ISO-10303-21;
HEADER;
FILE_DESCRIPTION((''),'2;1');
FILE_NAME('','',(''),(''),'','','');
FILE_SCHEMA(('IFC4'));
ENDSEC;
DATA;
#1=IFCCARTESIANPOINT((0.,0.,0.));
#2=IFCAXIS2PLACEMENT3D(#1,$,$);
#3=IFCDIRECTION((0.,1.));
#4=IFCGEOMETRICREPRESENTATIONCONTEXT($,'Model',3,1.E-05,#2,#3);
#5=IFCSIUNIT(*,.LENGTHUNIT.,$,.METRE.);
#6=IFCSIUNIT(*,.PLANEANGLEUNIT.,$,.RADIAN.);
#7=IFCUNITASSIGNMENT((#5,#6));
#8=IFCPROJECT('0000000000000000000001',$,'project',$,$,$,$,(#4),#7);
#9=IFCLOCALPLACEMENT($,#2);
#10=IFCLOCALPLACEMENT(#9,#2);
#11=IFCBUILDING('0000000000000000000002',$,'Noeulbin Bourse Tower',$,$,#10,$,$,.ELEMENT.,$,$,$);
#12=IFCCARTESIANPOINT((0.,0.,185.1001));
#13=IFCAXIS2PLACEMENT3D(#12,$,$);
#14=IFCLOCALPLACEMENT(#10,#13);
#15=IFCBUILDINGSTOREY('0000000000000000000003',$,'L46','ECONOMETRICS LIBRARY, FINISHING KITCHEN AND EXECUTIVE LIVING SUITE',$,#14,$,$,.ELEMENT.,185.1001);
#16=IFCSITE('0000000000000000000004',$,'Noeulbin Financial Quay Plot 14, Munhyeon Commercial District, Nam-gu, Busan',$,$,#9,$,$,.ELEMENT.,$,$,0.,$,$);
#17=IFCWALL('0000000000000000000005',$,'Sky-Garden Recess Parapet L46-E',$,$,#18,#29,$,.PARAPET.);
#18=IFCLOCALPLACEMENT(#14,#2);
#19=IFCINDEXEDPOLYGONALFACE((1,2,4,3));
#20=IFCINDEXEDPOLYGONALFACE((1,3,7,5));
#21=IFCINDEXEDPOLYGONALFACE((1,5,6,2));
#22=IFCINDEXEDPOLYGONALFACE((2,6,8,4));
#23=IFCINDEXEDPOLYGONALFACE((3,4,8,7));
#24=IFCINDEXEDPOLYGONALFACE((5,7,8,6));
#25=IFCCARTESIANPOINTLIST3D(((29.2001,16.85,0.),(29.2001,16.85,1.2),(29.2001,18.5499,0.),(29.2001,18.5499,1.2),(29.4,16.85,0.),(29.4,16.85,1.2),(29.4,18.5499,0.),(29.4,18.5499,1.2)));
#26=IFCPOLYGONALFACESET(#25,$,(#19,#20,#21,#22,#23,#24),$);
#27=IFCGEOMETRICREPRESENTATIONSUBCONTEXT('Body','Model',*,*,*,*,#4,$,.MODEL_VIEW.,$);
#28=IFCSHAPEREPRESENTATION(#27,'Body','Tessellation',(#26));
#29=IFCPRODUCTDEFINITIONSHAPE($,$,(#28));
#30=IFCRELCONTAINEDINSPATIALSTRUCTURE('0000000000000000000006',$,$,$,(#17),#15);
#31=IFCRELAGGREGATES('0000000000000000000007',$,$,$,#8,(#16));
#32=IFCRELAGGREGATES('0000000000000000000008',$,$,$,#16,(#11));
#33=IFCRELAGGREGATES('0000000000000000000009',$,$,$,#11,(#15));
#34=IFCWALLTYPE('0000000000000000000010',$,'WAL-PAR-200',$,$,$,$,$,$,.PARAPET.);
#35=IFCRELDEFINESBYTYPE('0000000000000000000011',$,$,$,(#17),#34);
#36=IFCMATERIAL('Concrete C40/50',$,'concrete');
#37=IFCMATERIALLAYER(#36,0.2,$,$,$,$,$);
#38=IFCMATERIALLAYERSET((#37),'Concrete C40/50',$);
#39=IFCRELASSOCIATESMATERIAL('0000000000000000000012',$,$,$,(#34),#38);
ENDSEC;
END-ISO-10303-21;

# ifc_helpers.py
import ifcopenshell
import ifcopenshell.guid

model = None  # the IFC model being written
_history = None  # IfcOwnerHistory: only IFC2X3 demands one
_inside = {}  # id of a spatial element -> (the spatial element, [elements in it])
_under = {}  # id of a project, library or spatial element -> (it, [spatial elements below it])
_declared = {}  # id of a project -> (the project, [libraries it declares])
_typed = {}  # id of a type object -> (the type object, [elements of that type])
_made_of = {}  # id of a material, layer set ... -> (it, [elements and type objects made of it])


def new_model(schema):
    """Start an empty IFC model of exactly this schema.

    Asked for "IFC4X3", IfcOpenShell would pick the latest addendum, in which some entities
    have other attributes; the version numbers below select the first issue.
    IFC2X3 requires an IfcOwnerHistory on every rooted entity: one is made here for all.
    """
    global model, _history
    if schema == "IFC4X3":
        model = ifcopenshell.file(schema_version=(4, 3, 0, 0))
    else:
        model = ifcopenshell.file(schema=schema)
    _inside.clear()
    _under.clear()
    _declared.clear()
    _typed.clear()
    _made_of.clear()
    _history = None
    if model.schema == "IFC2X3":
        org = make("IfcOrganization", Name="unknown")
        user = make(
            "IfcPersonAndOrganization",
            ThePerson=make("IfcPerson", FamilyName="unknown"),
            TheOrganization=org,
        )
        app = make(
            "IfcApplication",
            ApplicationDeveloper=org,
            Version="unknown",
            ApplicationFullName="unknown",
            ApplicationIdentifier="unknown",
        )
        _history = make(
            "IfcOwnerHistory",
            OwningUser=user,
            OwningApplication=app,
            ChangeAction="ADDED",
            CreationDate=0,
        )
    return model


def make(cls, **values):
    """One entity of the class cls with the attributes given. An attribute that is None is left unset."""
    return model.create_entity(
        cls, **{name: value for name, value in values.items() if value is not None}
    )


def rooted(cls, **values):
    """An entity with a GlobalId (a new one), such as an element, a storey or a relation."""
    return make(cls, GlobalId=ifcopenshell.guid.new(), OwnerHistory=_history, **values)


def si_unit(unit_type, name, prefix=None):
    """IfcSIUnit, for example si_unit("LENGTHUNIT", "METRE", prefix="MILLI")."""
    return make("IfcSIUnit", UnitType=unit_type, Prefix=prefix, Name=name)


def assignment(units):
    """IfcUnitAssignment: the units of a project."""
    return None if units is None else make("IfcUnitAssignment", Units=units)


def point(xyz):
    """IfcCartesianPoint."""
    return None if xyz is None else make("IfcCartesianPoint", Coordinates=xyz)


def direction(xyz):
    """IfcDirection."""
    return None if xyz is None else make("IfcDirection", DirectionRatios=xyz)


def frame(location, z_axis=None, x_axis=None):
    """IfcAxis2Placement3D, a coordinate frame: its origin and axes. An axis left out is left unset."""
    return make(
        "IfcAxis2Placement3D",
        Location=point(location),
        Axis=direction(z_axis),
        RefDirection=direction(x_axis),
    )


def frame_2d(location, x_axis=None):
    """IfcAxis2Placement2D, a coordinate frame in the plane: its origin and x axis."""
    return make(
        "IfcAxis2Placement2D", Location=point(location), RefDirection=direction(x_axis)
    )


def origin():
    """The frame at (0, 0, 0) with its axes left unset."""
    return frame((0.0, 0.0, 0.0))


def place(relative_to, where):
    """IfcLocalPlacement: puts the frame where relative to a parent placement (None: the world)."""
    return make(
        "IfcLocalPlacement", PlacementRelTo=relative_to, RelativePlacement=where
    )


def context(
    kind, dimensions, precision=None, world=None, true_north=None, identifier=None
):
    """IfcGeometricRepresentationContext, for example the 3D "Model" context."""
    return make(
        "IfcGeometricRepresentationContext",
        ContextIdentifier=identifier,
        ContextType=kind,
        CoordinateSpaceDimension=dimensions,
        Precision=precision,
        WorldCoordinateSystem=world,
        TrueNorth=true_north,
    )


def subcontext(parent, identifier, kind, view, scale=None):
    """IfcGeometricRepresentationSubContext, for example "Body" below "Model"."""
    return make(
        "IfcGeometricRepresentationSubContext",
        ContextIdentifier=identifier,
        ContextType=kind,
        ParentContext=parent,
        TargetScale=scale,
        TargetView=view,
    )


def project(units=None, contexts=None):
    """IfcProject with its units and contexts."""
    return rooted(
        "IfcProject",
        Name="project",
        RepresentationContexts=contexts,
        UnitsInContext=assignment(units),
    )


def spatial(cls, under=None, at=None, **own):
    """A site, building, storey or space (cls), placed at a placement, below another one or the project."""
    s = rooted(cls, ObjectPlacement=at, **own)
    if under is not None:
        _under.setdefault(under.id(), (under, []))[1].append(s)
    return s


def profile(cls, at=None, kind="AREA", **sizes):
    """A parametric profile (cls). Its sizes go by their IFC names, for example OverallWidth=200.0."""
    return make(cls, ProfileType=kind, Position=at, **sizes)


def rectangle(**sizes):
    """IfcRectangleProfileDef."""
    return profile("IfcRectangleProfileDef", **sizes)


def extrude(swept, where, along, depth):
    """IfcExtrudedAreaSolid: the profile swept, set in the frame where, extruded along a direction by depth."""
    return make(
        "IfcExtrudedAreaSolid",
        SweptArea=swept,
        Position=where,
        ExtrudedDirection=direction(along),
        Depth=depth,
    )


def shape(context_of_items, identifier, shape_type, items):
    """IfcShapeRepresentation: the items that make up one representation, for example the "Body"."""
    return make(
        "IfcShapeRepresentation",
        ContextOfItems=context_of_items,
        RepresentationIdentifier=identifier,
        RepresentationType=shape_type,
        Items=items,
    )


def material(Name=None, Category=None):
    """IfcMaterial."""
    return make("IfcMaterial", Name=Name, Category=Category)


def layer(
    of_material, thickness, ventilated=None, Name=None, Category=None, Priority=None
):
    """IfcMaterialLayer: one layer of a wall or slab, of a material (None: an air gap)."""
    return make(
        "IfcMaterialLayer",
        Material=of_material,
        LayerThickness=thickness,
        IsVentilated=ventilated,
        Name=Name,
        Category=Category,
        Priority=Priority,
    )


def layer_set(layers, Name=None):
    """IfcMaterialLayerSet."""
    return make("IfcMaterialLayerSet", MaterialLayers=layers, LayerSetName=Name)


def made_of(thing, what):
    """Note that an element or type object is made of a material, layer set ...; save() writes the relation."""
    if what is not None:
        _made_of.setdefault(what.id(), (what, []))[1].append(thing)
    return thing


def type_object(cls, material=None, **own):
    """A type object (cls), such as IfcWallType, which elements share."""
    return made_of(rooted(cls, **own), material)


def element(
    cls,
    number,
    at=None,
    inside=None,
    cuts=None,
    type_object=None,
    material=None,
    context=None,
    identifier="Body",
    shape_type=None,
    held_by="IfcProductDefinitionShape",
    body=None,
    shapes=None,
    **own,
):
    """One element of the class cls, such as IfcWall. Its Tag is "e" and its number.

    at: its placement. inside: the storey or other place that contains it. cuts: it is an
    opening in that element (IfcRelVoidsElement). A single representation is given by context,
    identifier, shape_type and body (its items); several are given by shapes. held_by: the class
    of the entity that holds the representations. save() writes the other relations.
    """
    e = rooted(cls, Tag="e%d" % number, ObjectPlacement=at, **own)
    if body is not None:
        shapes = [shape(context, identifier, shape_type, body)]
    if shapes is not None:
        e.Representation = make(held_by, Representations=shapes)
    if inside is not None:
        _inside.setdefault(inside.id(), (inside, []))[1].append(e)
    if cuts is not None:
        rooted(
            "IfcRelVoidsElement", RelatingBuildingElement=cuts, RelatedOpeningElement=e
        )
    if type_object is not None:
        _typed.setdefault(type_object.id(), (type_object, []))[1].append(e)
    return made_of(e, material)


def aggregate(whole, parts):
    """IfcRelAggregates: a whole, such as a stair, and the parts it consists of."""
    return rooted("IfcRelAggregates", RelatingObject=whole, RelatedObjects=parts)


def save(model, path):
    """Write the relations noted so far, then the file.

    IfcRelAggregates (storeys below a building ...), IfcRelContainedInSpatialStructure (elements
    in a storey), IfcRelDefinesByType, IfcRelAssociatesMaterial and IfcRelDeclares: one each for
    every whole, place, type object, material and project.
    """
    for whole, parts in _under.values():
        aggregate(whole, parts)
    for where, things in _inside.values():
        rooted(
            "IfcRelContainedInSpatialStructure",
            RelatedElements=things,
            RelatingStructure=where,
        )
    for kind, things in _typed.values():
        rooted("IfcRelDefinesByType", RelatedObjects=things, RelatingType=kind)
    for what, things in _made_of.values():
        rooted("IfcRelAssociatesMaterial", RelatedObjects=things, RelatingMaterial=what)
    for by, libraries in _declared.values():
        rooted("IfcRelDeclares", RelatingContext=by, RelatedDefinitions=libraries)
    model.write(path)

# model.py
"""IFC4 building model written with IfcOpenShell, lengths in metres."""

from ifc_helpers import new_model, si_unit, direction, frame, frame_2d, origin, place, context, subcontext, project, spatial, rectangle, extrude, material, layer, layer_set, type_object, element, save


model = new_model("IFC4")

# Units and contexts
model_context = context("Model", 3, precision=1e-05, world=origin(), true_north=direction((0.0, 1.0)))
body_context = subcontext(model_context, "Body", "Model", "MODEL_VIEW")
ifc_project = project(units=[si_unit("LENGTHUNIT", "METRE"), si_unit("PLANEANGLEUNIT", "RADIAN")], contexts=[model_context])

# Site, building, storey
site_placement = place(None, origin())
site = spatial("IfcSite", under=ifc_project, at=site_placement, Name="Noeulbin Financial Quay Plot 14, Munhyeon Commercial District, Nam-gu, Busan", CompositionType="ELEMENT", RefElevation=0.0)
building_placement = place(site_placement, origin())
building = spatial("IfcBuilding", under=site, at=building_placement, Name="Noeulbin Bourse Tower", CompositionType="ELEMENT")
storey_placement = place(building_placement, frame((0.0, 0.0, 185.1001)))
storey = spatial("IfcBuildingStorey", under=building, at=storey_placement, Name="L46", Description="ECONOMETRICS LIBRARY, FINISHING KITCHEN AND EXECUTIVE LIVING SUITE", CompositionType="ELEMENT", Elevation=185.1001)

# Wall
ifc_material_1 = material(Name="Concrete C40/50", Category="concrete")
ifc_layer_1 = layer(ifc_material_1, 0.2)
ifc_layer_set_1 = layer_set([ifc_layer_1], Name="Concrete C40/50")
wall_type = type_object("IfcWallType", Name="WAL-PAR-200", PredefinedType="PARAPET", material=ifc_layer_set_1)
for number, where, z_axis, x_axis, name in (
    (1, (29.3, 18.55, 0.0), (0.0, 0.0, 1.0), (0.0, -1.0, 0.0), "Sky-Garden Recess Parapet L46-E"),
):
    element("IfcWall", number, at=place(storey_placement, frame(where, z_axis=z_axis, x_axis=x_axis)), inside=storey, type_object=wall_type, Name=name, PredefinedType="PARAPET", context=body_context, shape_type="SweptSolid", body=[
        extrude(rectangle(XDim=1.7, YDim=0.2, at=frame_2d((0.8501, 0.0))), origin(), (0.0, 0.0, 1.0), 1.2),
    ])

save(model, "model.ifc")
